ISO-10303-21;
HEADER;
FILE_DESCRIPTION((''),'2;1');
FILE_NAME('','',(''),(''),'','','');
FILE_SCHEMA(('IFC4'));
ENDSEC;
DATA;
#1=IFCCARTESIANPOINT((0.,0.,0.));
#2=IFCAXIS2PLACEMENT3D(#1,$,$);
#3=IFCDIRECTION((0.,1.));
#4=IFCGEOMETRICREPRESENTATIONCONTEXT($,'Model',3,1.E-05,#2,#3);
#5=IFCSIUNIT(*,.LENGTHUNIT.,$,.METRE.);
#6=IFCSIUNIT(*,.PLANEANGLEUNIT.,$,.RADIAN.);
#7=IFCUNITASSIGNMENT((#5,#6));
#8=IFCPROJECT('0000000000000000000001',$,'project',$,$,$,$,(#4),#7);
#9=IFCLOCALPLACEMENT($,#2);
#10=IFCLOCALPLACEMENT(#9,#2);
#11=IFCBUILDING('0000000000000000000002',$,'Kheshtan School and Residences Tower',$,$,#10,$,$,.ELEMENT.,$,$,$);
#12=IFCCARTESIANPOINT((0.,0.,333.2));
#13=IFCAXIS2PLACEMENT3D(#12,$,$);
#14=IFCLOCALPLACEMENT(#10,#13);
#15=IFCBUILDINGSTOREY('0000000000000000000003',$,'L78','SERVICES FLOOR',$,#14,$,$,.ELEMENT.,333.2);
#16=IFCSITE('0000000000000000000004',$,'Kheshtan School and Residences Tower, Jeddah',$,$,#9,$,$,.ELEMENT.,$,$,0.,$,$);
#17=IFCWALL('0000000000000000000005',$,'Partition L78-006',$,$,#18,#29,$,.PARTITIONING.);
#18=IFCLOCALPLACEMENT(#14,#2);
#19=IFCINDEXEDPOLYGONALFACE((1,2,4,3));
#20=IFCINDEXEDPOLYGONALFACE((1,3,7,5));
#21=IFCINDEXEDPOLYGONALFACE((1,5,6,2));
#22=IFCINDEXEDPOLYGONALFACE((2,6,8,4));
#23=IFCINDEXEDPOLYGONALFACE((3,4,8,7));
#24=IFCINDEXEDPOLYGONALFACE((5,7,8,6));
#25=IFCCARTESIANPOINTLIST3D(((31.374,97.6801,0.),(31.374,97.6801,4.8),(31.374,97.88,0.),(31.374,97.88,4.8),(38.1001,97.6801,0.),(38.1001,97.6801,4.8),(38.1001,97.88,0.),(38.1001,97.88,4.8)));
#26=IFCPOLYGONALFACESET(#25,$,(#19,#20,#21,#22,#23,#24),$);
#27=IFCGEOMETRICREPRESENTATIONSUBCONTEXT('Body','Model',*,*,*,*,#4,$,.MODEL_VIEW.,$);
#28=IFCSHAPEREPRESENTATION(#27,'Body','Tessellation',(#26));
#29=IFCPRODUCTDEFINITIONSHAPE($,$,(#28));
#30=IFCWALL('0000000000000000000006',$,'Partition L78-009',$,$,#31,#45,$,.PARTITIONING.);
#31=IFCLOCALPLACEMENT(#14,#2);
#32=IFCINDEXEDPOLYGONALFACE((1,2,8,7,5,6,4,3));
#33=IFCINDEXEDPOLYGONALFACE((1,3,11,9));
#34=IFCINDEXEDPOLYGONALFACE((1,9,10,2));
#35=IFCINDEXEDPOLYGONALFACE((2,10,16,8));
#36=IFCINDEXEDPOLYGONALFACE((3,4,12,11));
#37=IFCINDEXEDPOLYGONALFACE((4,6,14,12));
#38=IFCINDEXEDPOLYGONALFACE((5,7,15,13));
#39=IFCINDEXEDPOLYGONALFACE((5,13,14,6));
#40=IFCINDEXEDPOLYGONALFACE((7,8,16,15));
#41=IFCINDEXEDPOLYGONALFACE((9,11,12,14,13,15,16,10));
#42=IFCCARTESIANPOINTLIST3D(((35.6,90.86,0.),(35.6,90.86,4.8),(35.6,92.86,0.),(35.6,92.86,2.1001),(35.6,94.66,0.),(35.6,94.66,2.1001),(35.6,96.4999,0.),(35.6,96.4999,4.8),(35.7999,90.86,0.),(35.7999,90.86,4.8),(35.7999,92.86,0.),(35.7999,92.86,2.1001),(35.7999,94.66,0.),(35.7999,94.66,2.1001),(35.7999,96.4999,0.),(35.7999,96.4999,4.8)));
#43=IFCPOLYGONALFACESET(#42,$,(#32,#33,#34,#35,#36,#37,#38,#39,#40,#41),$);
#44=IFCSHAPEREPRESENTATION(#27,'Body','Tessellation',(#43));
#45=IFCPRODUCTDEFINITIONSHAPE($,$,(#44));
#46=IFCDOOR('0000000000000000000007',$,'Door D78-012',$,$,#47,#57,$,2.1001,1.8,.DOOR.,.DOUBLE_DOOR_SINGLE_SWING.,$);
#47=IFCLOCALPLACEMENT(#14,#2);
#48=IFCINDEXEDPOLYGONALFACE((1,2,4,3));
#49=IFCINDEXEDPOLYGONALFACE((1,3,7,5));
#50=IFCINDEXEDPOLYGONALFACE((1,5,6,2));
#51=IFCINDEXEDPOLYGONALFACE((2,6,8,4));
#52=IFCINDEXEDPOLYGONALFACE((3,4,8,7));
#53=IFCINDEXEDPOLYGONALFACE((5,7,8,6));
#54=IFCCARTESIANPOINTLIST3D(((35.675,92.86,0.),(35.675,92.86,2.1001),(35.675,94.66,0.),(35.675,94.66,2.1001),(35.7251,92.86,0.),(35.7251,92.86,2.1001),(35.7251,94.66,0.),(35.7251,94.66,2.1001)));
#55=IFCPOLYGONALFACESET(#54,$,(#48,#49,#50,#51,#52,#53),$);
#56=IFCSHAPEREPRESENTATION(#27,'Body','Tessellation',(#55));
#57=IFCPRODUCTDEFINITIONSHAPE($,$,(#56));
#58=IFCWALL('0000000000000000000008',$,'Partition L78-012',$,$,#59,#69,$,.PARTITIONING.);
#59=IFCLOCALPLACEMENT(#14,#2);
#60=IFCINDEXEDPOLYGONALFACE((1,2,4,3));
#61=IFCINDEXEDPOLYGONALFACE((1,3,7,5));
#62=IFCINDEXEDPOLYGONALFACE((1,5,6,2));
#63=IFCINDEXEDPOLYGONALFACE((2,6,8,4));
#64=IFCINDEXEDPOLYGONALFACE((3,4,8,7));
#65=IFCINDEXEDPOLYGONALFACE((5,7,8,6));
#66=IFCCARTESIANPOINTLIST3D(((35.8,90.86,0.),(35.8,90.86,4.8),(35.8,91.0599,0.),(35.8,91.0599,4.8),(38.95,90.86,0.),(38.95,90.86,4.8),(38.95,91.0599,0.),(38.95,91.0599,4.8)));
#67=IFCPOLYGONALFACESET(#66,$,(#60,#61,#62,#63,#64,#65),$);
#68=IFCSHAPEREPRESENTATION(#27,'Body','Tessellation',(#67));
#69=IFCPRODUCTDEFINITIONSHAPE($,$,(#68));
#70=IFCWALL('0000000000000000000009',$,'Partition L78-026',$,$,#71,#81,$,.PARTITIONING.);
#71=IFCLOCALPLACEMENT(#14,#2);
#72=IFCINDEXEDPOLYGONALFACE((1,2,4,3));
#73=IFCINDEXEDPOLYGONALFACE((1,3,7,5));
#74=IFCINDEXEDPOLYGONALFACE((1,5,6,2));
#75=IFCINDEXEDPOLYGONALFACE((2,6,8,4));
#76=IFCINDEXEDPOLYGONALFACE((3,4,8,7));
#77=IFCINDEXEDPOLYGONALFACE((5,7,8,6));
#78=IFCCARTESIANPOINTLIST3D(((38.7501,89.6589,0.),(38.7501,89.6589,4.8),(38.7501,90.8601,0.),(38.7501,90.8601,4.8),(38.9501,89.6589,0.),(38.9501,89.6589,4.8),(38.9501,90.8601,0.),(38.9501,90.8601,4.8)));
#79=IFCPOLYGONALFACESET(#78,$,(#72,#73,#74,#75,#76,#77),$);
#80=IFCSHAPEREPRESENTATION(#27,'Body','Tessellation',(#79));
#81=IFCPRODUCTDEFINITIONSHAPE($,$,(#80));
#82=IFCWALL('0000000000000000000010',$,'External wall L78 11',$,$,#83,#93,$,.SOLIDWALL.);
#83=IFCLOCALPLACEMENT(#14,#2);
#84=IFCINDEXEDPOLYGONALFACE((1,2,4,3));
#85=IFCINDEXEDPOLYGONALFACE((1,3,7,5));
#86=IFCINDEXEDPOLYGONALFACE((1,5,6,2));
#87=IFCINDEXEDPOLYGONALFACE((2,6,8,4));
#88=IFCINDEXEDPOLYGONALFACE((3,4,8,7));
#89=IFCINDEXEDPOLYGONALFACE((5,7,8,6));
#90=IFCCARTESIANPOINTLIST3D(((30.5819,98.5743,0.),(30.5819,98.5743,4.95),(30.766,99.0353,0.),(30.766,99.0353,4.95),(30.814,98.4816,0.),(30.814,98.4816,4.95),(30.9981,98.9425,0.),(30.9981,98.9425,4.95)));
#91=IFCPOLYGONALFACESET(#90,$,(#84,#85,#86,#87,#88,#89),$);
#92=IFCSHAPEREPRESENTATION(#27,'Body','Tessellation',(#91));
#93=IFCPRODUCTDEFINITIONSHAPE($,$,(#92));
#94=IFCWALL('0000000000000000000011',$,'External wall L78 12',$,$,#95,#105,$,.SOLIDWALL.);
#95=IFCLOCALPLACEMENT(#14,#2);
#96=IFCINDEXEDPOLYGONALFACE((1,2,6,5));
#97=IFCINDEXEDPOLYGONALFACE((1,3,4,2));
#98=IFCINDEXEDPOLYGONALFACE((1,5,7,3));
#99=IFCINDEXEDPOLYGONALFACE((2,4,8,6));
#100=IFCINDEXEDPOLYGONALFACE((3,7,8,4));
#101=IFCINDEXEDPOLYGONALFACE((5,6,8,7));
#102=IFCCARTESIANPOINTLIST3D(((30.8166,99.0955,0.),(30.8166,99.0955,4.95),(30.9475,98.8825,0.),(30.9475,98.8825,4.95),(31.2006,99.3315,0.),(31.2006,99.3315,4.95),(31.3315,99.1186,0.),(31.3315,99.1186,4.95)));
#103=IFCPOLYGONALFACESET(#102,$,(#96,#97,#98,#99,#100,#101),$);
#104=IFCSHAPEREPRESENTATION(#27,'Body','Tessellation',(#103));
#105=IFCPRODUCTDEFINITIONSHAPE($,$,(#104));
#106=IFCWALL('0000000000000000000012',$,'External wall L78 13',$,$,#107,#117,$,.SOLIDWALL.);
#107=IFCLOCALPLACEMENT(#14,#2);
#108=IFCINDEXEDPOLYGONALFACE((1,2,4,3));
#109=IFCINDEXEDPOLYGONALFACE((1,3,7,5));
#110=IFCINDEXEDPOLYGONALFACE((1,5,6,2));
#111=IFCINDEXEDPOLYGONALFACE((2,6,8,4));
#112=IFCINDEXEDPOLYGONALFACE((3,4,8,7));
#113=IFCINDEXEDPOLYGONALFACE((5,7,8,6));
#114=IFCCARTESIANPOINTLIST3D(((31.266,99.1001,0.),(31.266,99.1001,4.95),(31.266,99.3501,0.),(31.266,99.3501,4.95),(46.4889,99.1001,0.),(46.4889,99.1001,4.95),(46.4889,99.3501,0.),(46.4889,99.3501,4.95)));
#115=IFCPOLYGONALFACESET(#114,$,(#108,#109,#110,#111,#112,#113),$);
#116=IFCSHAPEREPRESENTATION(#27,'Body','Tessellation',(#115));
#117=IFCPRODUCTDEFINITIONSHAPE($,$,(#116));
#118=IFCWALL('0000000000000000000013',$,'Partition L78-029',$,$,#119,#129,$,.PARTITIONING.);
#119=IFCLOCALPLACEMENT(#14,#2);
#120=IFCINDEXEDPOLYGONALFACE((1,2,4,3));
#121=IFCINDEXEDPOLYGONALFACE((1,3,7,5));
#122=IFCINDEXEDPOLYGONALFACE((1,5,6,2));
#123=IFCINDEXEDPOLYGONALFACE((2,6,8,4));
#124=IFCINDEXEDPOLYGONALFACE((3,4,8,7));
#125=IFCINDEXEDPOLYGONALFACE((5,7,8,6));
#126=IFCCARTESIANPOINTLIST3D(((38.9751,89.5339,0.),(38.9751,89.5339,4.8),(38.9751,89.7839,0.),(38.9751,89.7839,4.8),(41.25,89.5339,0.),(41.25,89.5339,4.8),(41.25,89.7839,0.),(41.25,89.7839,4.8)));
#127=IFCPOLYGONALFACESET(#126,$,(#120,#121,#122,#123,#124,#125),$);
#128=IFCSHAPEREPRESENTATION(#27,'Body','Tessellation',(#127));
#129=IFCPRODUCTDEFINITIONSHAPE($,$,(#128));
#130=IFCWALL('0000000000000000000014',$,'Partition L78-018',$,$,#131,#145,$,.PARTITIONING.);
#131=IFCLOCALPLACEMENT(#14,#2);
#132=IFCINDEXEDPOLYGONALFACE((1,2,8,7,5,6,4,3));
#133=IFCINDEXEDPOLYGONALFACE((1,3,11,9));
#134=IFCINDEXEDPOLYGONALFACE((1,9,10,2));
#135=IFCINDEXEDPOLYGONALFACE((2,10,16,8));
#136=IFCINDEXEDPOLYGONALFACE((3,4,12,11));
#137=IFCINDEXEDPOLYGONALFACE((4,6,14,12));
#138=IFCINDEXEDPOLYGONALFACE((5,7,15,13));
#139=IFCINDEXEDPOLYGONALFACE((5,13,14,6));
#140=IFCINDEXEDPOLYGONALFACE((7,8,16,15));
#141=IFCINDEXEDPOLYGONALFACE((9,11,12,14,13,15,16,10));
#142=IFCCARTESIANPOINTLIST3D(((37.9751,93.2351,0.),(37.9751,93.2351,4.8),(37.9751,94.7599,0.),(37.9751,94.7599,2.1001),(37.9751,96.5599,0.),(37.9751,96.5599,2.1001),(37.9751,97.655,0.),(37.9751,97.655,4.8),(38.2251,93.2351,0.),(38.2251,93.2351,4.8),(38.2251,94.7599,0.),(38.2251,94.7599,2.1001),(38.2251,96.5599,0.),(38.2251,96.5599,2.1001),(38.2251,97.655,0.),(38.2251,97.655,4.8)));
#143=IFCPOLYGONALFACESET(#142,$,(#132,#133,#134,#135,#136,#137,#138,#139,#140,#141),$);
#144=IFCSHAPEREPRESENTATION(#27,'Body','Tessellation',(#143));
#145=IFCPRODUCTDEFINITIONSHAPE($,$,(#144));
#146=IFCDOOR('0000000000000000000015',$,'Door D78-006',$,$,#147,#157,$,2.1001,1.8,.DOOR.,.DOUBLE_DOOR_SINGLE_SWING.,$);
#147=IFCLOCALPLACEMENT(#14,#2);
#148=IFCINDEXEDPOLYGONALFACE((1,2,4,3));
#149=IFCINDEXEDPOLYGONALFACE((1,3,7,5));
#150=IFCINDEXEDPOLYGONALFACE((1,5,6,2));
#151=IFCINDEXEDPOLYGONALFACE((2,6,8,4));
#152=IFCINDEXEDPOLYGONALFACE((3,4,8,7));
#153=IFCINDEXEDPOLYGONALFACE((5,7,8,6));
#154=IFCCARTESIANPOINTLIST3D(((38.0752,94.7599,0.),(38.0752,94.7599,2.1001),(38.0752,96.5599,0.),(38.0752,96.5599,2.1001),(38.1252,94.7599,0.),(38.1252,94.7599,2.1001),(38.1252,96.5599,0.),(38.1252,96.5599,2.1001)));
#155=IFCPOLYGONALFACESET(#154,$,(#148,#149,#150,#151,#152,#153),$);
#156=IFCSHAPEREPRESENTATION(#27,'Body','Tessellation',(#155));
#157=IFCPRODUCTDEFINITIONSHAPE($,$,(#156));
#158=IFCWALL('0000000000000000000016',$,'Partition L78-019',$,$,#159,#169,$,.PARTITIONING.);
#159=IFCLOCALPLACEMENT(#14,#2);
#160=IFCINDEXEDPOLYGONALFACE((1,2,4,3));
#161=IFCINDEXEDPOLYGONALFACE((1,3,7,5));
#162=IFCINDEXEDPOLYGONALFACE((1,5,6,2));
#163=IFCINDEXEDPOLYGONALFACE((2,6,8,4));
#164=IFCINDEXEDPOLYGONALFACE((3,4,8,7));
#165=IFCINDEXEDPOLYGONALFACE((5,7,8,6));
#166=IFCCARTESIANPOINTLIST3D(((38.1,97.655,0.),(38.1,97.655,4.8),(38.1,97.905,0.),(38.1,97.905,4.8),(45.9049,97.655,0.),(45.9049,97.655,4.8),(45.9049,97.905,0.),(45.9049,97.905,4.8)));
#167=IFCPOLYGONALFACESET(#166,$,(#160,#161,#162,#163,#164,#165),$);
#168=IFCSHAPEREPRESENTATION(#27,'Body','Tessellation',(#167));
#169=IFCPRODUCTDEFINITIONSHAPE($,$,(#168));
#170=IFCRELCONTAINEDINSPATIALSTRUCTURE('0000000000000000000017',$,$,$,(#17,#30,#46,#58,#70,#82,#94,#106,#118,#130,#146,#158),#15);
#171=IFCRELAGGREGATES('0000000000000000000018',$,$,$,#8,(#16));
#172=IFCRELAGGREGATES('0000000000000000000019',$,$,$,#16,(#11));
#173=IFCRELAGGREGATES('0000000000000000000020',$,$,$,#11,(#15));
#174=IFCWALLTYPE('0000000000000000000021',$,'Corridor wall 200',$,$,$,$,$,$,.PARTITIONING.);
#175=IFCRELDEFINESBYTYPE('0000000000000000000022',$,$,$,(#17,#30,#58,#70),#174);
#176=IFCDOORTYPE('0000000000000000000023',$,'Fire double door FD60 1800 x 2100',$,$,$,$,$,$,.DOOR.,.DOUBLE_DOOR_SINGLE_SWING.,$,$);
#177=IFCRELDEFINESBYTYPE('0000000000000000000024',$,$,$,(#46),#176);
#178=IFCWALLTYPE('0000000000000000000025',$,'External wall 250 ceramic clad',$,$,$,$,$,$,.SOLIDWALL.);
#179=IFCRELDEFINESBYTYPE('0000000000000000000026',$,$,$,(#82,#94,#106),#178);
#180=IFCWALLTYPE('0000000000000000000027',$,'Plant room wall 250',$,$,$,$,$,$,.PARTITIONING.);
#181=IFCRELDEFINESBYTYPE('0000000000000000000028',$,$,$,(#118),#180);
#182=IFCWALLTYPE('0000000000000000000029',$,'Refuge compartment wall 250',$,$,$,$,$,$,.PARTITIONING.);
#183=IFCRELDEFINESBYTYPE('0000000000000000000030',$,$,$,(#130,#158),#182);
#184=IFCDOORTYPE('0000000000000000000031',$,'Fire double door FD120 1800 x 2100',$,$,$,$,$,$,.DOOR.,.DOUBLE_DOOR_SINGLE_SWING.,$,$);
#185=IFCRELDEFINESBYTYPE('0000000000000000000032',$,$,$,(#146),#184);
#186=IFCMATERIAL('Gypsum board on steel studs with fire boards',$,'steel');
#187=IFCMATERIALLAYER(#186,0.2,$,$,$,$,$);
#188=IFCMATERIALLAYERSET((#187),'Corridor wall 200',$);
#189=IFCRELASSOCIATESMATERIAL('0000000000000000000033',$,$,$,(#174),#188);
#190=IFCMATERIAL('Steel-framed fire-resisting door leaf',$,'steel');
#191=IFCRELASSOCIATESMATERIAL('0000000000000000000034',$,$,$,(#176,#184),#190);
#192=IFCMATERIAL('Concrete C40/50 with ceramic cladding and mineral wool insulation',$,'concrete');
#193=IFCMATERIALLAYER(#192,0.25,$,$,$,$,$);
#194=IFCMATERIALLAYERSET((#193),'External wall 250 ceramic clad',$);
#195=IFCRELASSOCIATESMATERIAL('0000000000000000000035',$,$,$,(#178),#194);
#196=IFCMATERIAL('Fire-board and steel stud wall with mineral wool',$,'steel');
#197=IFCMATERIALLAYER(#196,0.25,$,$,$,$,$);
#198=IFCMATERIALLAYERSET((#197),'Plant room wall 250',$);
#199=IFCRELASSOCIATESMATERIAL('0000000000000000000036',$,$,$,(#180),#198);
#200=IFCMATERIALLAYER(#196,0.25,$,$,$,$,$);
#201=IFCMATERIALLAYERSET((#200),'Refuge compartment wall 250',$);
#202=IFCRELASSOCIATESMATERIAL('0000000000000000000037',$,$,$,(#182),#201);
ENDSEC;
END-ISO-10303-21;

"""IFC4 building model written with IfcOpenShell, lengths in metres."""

from ifc_helpers import new_model, si_unit, direction, frame, frame_2d, origin, place, context, subcontext, project, spatial, rectangle, extrude, source, transform, mapped, material, layer, layer_set, type_object, element, fill, save


model = new_model("IFC4")

# Units and contexts
model_context = context("Model", 3, precision=1e-05, world=origin(), true_north=direction((0.0, 1.0)))
body_context = subcontext(model_context, "Body", "Model", "MODEL_VIEW")
ifc_project = project(units=[si_unit("LENGTHUNIT", "METRE"), si_unit("PLANEANGLEUNIT", "RADIAN")], contexts=[model_context])

# Site, building, storey
site_placement = place(None, origin())
site = spatial("IfcSite", under=ifc_project, at=site_placement, Name="Kheshtan School and Residences Tower, Jeddah", CompositionType="ELEMENT", RefElevation=0.0)
building_placement = place(site_placement, origin())
building = spatial("IfcBuilding", under=site, at=building_placement, Name="Kheshtan School and Residences Tower", CompositionType="ELEMENT")
storey_placement = place(building_placement, frame((0.0, 0.0, 333.2)))
storey = spatial("IfcBuildingStorey", under=building, at=storey_placement, Name="L78", Description="SERVICES FLOOR", CompositionType="ELEMENT", Elevation=333.2)

# Wall
ifc_material_1 = material(Name="Gypsum board on steel studs with fire boards", Category="steel")
ifc_layer_1 = layer(ifc_material_1, 0.2)
ifc_layer_set_1 = layer_set([ifc_layer_1], Name="Corridor wall 200")
wall_type_1 = type_object("IfcWallType", Name="Corridor wall 200", PredefinedType="PARTITIONING", material=ifc_layer_set_1)
wall_1_placement = place(storey_placement, frame((31.374, 97.78, 0.0), z_axis=(0.0, 0.0, 1.0), x_axis=(1.0, 0.0, 0.0)))
element("IfcWall", 1, at=wall_1_placement, inside=storey, type_object=wall_type_1, Name="Partition L78-006", PredefinedType="PARTITIONING", context=body_context, shape_type="SweptSolid", body=[
    extrude(rectangle(XDim=6.7261, YDim=0.2, at=frame_2d((3.363, 0.0))), origin(), (0.0, 0.0, 1.0), 4.8),
])

# Wall, opening, door
wall_2_placement = place(storey_placement, frame((35.7, 90.8601, 0.0), z_axis=(0.0, 0.0, 1.0), x_axis=(0.0, 1.0, 0.0)))
wall_2 = element("IfcWall", 2, at=wall_2_placement, inside=storey, type_object=wall_type_1, Name="Partition L78-009", PredefinedType="PARTITIONING", context=body_context, shape_type="SweptSolid", body=[
    extrude(rectangle(XDim=5.6399, YDim=0.2, at=frame_2d((2.8198, 0.0))), origin(), (0.0, 0.0, 1.0), 4.8),
])
opening_1_placement = place(wall_2_placement, frame((2.0, 0.0, 0.0)))
opening_1 = element("IfcOpeningElement", 3, at=opening_1_placement, cuts=wall_2, PredefinedType="OPENING", context=body_context, shape_type="SweptSolid", body=[
    extrude(rectangle(XDim=1.8, YDim=2.1001, at=frame_2d((0.8999, 1.05))), frame((0.0, 0.1099, 0.0), z_axis=(0.0, -1.0, 0.0), x_axis=(1.0, 0.0, 0.0)), (0.0, 0.0, 1.0), 0.22),
])
ifc_material_2 = material(Name="Steel-framed fire-resisting door leaf", Category="steel")
door_type_1 = type_object("IfcDoorType", Name="Fire double door FD60 1800 x 2100", OperationType="DOUBLE_DOOR_SINGLE_SWING", PredefinedType="DOOR", material=ifc_material_2)
shared_shape_1 = source(origin(), body_context, "Body", "SweptSolid", [
    extrude(rectangle(XDim=1.8, YDim=2.1001, at=frame_2d((0.8999, 1.05))), frame((0.0, 0.0249, 0.0), z_axis=(0.0, -1.0, 0.0), x_axis=(1.0, 0.0, 0.0)), (0.0, 0.0, 1.0), 0.05),
])
door_1_placement = place(opening_1_placement, origin())
door_1 = element("IfcDoor", 4, at=door_1_placement, inside=storey, type_object=door_type_1, Name="Door D78-012", OperationType="DOUBLE_DOOR_SINGLE_SWING", OverallHeight=2.1001, OverallWidth=1.8, PredefinedType="DOOR", context=body_context, shape_type="MappedRepresentation", body=[
    mapped(shared_shape_1, transform((0.0, 0.0, 0.0), x_axis=(1.0, 0.0, 0.0), y_axis=(0.0, 1.0, 0.0), z_axis=(0.0, 0.0, 1.0), scale=1.0)),
])
fill(opening_1, door_1)

# Walls
wall_3_placement = place(storey_placement, frame((35.8, 90.96, 0.0), z_axis=(0.0, 0.0, 1.0), x_axis=(1.0, 0.0, 0.0)))
element("IfcWall", 5, at=wall_3_placement, inside=storey, type_object=wall_type_1, Name="Partition L78-012", PredefinedType="PARTITIONING", context=body_context, shape_type="SweptSolid", body=[
    extrude(rectangle(XDim=3.1499, YDim=0.2, at=frame_2d((1.575, 0.0))), origin(), (0.0, 0.0, 1.0), 4.8),
])
wall_4_placement = place(storey_placement, frame((38.8501, 89.6589, 0.0), z_axis=(0.0, 0.0, 1.0), x_axis=(0.0, 1.0, 0.0)))
element("IfcWall", 6, at=wall_4_placement, inside=storey, type_object=wall_type_1, Name="Partition L78-026", PredefinedType="PARTITIONING", context=body_context, shape_type="SweptSolid", body=[
    extrude(rectangle(XDim=1.2012, YDim=0.2, at=frame_2d((0.6006, 0.0))), origin(), (0.0, 0.0, 1.0), 4.8),
])
ifc_material_3 = material(Name="Concrete C40/50 with ceramic cladding and mineral wool insulation", Category="concrete")
ifc_layer_2 = layer(ifc_material_3, 0.25)
ifc_layer_set_2 = layer_set([ifc_layer_2], Name="External wall 250 ceramic clad")
wall_type_2 = type_object("IfcWallType", Name="External wall 250 ceramic clad", PredefinedType="SOLIDWALL", material=ifc_layer_set_2)
wall_5_placement = place(storey_placement, frame((30.698, 98.5281, 0.0), z_axis=(0.0, 0.0, 1.0), x_axis=(0.370882, 0.92868, 0.0)))
element("IfcWall", 7, at=wall_5_placement, inside=storey, type_object=wall_type_2, Name="External wall L78 11", PredefinedType="SOLIDWALL", context=body_context, shape_type="SweptSolid", body=[
    extrude(rectangle(XDim=0.4963, YDim=0.25, at=frame_2d((0.248, 0.0))), origin(), (0.0, 0.0, 1.0), 4.95),
])
wall_6_placement = place(storey_placement, frame((30.8821, 98.989, 0.0), z_axis=(0.0, 0.0, 1.0), x_axis=(0.8519, 0.523705, 0.0)))
element("IfcWall", 8, at=wall_6_placement, inside=storey, type_object=wall_type_2, Name="External wall L78 12", PredefinedType="SOLIDWALL", context=body_context, shape_type="SweptSolid", body=[
    extrude(rectangle(XDim=0.4507, YDim=0.25, at=frame_2d((0.2253, 0.0))), origin(), (0.0, 0.0, 1.0), 4.95),
])
wall_7_placement = place(storey_placement, frame((31.2661, 99.2251, 0.0), z_axis=(0.0, 0.0, 1.0), x_axis=(1.0, 0.0, 0.0)))
element("IfcWall", 9, at=wall_7_placement, inside=storey, type_object=wall_type_2, Name="External wall L78 13", PredefinedType="SOLIDWALL", context=body_context, shape_type="SweptSolid", body=[
    extrude(rectangle(XDim=15.2229, YDim=0.25, at=frame_2d((7.6113, 0.0))), origin(), (0.0, 0.0, 1.0), 4.95),
])
ifc_material_4 = material(Name="Fire-board and steel stud wall with mineral wool", Category="steel")
ifc_layer_3 = layer(ifc_material_4, 0.25)
ifc_layer_set_3 = layer_set([ifc_layer_3], Name="Plant room wall 250")
wall_type_3 = type_object("IfcWallType", Name="Plant room wall 250", PredefinedType="PARTITIONING", material=ifc_layer_set_3)
wall_8_placement = place(storey_placement, frame((38.9751, 89.6589, 0.0), z_axis=(0.0, 0.0, 1.0), x_axis=(1.0, 0.0, 0.0)))
element("IfcWall", 10, at=wall_8_placement, inside=storey, type_object=wall_type_3, Name="Partition L78-029", PredefinedType="PARTITIONING", context=body_context, shape_type="SweptSolid", body=[
    extrude(rectangle(XDim=2.2749, YDim=0.25, at=frame_2d((1.1375, 0.0))), origin(), (0.0, 0.0, 1.0), 4.8),
])

# Wall, opening, door
ifc_layer_4 = layer(ifc_material_4, 0.25)
ifc_layer_set_4 = layer_set([ifc_layer_4], Name="Refuge compartment wall 250")
wall_type_4 = type_object("IfcWallType", Name="Refuge compartment wall 250", PredefinedType="PARTITIONING", material=ifc_layer_set_4)
wall_9_placement = place(storey_placement, frame((38.1001, 93.2351, 0.0), z_axis=(0.0, 0.0, 1.0), x_axis=(0.0, 1.0, 0.0)))
wall_9 = element("IfcWall", 11, at=wall_9_placement, inside=storey, type_object=wall_type_4, Name="Partition L78-018", PredefinedType="PARTITIONING", context=body_context, shape_type="SweptSolid", body=[
    extrude(rectangle(XDim=4.4199, YDim=0.25, at=frame_2d((2.21, 0.0))), origin(), (0.0, 0.0, 1.0), 4.8),
])
opening_2_placement = place(wall_9_placement, frame((1.5249, 0.0, 0.0)))
opening_2 = element("IfcOpeningElement", 12, at=opening_2_placement, cuts=wall_9, PredefinedType="OPENING", context=body_context, shape_type="SweptSolid", body=[
    extrude(rectangle(XDim=1.8, YDim=2.1001, at=frame_2d((0.8999, 1.05))), frame((0.0, 0.135, 0.0), z_axis=(0.0, -1.0, 0.0), x_axis=(1.0, 0.0, 0.0)), (0.0, 0.0, 1.0), 0.27),
])
door_type_2 = type_object("IfcDoorType", Name="Fire double door FD120 1800 x 2100", OperationType="DOUBLE_DOOR_SINGLE_SWING", PredefinedType="DOOR", material=ifc_material_2)
shared_shape_2 = source(origin(), body_context, "Body", "SweptSolid", [
    extrude(rectangle(XDim=1.8, YDim=2.1001, at=frame_2d((0.8999, 1.05))), frame((0.0, 0.0249, 0.0), z_axis=(0.0, -1.0, 0.0), x_axis=(1.0, 0.0, 0.0)), (0.0, 0.0, 1.0), 0.05),
])
door_2_placement = place(opening_2_placement, origin())
door_2 = element("IfcDoor", 13, at=door_2_placement, inside=storey, type_object=door_type_2, Name="Door D78-006", OperationType="DOUBLE_DOOR_SINGLE_SWING", OverallHeight=2.1001, OverallWidth=1.8, PredefinedType="DOOR", context=body_context, shape_type="MappedRepresentation", body=[
    mapped(shared_shape_2, transform((0.0, 0.0, 0.0), x_axis=(1.0, 0.0, 0.0), y_axis=(0.0, 1.0, 0.0), z_axis=(0.0, 0.0, 1.0), scale=1.0)),
])
fill(opening_2, door_2)

# Wall
wall_10_placement = place(storey_placement, frame((38.1001, 97.78, 0.0), z_axis=(0.0, 0.0, 1.0), x_axis=(1.0, 0.0, 0.0)))
element("IfcWall", 14, at=wall_10_placement, inside=storey, type_object=wall_type_4, Name="Partition L78-019", PredefinedType="PARTITIONING", context=body_context, shape_type="SweptSolid", body=[
    extrude(rectangle(XDim=7.8049, YDim=0.25, at=frame_2d((3.9023, 0.0))), origin(), (0.0, 0.0, 1.0), 4.8),
])

save(model, "model.ifc")
